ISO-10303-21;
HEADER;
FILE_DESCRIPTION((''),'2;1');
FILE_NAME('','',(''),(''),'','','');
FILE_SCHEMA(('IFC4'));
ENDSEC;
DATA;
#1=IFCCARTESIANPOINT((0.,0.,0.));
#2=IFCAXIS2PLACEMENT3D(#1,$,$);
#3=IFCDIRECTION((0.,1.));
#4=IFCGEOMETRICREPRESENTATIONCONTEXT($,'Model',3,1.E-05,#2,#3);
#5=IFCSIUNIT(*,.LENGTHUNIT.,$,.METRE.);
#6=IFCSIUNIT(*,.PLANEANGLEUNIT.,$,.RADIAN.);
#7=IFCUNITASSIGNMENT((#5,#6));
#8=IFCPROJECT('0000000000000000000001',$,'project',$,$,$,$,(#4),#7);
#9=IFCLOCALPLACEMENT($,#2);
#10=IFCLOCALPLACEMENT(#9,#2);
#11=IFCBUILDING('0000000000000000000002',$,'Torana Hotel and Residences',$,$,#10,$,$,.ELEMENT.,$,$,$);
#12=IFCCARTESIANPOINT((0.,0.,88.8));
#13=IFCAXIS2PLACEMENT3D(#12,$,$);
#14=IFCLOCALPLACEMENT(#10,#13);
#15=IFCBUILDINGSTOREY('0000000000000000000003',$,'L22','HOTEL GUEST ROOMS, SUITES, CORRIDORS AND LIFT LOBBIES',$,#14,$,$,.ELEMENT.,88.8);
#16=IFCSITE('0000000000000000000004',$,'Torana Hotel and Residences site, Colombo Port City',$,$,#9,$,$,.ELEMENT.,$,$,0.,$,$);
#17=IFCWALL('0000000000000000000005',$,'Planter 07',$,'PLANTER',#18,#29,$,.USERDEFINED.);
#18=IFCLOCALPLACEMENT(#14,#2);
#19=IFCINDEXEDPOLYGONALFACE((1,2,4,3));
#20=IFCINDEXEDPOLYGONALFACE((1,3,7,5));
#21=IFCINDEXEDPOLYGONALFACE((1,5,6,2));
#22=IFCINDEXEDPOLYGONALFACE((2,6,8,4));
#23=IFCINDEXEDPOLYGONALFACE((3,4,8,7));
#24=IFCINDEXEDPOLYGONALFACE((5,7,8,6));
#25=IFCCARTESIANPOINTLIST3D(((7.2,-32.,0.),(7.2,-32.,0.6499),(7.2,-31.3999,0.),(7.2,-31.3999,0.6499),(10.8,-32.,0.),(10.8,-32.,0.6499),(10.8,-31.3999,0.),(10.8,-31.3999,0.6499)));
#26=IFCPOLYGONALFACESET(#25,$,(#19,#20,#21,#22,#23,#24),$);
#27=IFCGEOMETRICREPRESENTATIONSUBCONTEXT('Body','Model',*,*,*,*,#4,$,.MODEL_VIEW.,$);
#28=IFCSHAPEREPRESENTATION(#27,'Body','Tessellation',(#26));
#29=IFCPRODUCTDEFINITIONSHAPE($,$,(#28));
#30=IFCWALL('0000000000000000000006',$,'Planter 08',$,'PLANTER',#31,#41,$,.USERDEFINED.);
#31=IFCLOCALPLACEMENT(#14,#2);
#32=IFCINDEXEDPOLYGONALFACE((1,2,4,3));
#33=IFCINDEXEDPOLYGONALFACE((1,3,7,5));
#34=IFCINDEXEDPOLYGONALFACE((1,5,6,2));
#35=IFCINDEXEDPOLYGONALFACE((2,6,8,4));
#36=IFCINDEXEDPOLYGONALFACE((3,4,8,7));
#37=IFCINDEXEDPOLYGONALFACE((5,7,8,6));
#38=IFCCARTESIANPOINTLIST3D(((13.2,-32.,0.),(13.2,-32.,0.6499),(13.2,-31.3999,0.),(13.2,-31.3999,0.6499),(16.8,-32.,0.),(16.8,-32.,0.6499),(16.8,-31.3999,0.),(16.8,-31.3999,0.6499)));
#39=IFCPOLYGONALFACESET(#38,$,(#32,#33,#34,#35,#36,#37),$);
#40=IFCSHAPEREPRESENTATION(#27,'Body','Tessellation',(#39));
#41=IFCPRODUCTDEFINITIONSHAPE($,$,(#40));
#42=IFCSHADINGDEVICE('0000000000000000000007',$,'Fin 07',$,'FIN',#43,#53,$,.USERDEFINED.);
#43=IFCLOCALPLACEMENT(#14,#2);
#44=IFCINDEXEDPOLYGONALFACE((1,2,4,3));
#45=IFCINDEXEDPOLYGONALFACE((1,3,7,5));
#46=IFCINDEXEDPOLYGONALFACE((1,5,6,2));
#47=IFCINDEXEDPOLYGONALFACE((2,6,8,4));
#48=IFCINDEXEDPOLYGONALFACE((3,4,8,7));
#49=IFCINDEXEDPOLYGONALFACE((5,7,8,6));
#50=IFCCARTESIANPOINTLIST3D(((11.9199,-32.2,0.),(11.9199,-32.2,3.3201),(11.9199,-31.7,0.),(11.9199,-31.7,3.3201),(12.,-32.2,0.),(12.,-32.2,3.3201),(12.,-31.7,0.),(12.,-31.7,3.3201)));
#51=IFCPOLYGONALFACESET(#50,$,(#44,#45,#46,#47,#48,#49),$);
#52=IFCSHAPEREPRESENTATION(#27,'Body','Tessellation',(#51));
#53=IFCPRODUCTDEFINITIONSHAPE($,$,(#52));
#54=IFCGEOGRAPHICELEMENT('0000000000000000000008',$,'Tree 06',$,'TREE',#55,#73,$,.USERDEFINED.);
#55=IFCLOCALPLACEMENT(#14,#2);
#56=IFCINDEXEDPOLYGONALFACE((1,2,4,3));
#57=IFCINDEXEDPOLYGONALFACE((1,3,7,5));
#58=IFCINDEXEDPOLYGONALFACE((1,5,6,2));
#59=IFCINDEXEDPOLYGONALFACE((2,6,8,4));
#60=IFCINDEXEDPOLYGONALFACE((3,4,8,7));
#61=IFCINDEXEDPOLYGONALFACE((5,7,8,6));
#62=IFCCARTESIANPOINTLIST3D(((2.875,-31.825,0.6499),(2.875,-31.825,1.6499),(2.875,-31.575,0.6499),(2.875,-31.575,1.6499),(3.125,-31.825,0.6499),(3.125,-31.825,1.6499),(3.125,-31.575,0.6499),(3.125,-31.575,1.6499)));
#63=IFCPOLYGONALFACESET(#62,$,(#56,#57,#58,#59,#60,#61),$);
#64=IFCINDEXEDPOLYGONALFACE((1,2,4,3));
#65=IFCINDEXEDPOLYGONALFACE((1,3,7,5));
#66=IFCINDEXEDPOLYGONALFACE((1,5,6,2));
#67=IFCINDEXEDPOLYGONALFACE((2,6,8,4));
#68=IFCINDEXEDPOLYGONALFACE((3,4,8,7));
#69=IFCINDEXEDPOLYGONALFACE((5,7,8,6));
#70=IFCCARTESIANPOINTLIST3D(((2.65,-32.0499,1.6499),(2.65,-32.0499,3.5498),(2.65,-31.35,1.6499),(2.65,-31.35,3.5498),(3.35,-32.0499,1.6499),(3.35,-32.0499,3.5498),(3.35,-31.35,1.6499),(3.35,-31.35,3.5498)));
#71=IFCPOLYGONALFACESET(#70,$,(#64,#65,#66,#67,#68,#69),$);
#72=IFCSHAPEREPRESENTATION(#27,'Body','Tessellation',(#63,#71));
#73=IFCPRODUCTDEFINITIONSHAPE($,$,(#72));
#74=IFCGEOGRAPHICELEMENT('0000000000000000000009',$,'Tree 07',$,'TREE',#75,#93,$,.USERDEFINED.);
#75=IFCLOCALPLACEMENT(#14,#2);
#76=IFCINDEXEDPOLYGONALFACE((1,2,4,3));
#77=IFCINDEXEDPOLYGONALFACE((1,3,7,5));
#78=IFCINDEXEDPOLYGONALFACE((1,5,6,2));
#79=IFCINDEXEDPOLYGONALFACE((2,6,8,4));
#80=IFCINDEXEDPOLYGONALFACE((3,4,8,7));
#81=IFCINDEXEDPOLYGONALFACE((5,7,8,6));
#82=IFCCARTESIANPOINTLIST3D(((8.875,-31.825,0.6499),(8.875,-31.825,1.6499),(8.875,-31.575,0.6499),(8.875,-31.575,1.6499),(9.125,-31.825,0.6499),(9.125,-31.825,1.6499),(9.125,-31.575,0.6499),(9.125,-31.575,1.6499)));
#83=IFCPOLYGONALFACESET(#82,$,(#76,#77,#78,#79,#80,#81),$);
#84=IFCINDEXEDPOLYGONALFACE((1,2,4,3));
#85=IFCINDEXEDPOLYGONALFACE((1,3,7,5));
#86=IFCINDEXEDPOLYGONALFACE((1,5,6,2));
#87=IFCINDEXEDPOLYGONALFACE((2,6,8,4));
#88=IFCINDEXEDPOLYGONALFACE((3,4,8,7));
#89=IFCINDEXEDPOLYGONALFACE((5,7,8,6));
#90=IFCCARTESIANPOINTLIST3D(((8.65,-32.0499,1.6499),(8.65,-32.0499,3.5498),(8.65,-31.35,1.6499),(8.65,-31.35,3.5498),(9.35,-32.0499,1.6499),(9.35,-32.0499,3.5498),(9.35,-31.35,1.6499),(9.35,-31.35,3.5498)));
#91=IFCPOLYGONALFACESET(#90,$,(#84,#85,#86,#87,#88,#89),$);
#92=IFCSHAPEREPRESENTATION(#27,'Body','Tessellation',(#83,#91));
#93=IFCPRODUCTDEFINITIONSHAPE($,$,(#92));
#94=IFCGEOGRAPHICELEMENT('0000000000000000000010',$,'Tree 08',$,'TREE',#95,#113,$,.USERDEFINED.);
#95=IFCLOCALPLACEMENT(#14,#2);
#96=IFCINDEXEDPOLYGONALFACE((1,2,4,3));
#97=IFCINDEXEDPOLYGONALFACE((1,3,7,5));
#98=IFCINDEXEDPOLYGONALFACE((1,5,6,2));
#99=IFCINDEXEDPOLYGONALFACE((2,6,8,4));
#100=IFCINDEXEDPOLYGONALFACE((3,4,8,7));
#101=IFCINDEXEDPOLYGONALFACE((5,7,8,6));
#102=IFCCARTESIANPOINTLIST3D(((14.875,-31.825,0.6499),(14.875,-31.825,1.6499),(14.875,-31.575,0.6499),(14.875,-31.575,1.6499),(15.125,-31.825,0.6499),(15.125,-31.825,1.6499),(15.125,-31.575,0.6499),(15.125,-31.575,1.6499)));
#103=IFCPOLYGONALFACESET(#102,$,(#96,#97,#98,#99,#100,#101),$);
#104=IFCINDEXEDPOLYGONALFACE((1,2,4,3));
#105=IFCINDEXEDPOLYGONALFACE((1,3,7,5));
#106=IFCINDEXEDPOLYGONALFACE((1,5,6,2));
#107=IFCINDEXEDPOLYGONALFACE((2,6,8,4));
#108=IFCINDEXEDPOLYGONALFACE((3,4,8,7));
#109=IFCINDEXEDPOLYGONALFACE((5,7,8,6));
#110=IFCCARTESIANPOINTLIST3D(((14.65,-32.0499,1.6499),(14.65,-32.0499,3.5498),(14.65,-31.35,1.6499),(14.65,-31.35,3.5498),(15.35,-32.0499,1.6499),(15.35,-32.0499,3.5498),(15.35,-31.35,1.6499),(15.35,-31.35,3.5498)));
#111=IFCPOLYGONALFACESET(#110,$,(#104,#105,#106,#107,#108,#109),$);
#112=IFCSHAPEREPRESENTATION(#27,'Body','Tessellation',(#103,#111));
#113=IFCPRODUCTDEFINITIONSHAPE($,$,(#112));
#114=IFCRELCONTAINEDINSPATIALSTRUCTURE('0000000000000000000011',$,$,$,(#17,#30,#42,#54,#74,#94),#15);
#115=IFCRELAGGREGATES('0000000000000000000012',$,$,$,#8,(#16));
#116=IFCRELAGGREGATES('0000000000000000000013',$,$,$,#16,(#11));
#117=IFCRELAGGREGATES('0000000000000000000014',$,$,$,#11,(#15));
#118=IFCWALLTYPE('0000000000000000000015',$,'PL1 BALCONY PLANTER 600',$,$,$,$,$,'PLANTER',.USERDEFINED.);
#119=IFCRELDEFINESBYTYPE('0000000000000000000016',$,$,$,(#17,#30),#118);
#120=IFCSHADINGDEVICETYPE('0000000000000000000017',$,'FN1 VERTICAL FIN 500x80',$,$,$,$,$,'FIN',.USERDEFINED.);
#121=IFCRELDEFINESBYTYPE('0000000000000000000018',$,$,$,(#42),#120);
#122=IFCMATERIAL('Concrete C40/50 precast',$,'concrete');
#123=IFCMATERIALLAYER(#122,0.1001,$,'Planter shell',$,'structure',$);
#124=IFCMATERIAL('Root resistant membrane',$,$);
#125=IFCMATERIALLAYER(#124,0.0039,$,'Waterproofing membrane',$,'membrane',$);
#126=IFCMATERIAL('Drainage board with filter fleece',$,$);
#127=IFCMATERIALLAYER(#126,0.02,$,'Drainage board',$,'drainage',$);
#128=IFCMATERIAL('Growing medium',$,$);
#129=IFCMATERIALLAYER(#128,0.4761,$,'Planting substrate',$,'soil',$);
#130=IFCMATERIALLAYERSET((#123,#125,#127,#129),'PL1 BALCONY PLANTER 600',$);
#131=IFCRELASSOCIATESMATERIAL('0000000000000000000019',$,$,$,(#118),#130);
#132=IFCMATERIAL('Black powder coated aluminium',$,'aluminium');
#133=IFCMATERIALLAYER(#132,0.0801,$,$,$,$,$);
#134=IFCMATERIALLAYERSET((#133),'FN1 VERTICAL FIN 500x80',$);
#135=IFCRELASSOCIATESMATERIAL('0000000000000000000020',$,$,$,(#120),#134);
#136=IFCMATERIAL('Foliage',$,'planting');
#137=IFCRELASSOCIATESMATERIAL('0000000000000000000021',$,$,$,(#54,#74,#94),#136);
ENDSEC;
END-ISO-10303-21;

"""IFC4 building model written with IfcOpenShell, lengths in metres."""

from ifc_helpers import new_model, si_unit, direction, frame, frame_2d, origin, origin_2d, place, context, subcontext, project, spatial, rectangle, extrude, material, layer, layer_set, type_object, element, save


model = new_model("IFC4")

# Units and contexts
model_context = context("Model", 3, precision=1e-05, world=origin(), true_north=direction((0.0, 1.0)))
body_context = subcontext(model_context, "Body", "Model", "MODEL_VIEW")
ifc_project = project(units=[si_unit("LENGTHUNIT", "METRE"), si_unit("PLANEANGLEUNIT", "RADIAN")], contexts=[model_context])

# Site, building, storey
site_placement = place(None, origin())
site = spatial("IfcSite", under=ifc_project, at=site_placement, Name="Torana Hotel and Residences site, Colombo Port City", CompositionType="ELEMENT", RefElevation=0.0)
building_placement = place(site_placement, origin())
building = spatial("IfcBuilding", under=site, at=building_placement, Name="Torana Hotel and Residences", CompositionType="ELEMENT")
storey_placement = place(building_placement, frame((0.0, 0.0, 88.8)))
storey = spatial("IfcBuildingStorey", under=building, at=storey_placement, Name="L22", Description="HOTEL GUEST ROOMS, SUITES, CORRIDORS AND LIFT LOBBIES", CompositionType="ELEMENT", Elevation=88.8)

# Walls
ifc_material_1 = material(Name="Concrete C40/50 precast", Category="concrete")
ifc_layer_1 = layer(ifc_material_1, 0.1001, Name="Planter shell", Category="structure")
ifc_material_2 = material(Name="Root resistant membrane")
ifc_layer_2 = layer(ifc_material_2, 0.0039, Name="Waterproofing membrane", Category="membrane")
ifc_material_3 = material(Name="Drainage board with filter fleece")
ifc_layer_3 = layer(ifc_material_3, 0.02, Name="Drainage board", Category="drainage")
ifc_material_4 = material(Name="Growing medium")
ifc_layer_4 = layer(ifc_material_4, 0.4761, Name="Planting substrate", Category="soil")
ifc_layer_set_1 = layer_set([ifc_layer_1, ifc_layer_2, ifc_layer_3, ifc_layer_4], Name="PL1 BALCONY PLANTER 600")
wall_type_1 = type_object("IfcWallType", Name="PL1 BALCONY PLANTER 600", ElementType="PLANTER", PredefinedType="USERDEFINED", material=ifc_layer_set_1)
for number, where, z_axis, x_axis, name in (
    (1, (10.8, -31.7, 0.0), (0.0, 0.0, 1.0), (-1.0, 0.0, 0.0), "Planter 07"),
    (2, (16.8, -31.7, 0.0), (0.0, 0.0, 1.0), (-1.0, 0.0, 0.0), "Planter 08"),
):
    element("IfcWall", number, at=place(storey_placement, frame(where, z_axis=z_axis, x_axis=x_axis)), inside=storey, type_object=wall_type_1, Name=name, ObjectType="PLANTER", PredefinedType="USERDEFINED", context=body_context, shape_type="SweptSolid", body=[
        extrude(rectangle(XDim=3.6001, YDim=0.6001, at=frame_2d((1.8, 0.0))), origin(), (0.0, 0.0, 1.0), 0.6499),
    ])

# Shading device
ifc_material_5 = material(Name="Black powder coated aluminium", Category="aluminium")
ifc_layer_5 = layer(ifc_material_5, 0.0801)
ifc_layer_set_2 = layer_set([ifc_layer_5], Name="FN1 VERTICAL FIN 500x80")
shading_device_type = type_object("IfcShadingDeviceType", Name="FN1 VERTICAL FIN 500x80", ElementType="FIN", PredefinedType="USERDEFINED", material=ifc_layer_set_2)
shading_device_placement = place(storey_placement, frame((11.96, -31.95, 0.0), z_axis=(0.0, 0.0, 1.0), x_axis=(-1.0, 0.0, 0.0)))
element("IfcShadingDevice", 3, at=shading_device_placement, inside=storey, type_object=shading_device_type, Name="Fin 07", ObjectType="FIN", PredefinedType="USERDEFINED", context=body_context, shape_type="SweptSolid", body=[
    extrude(rectangle(XDim=0.0801, YDim=0.5, at=origin_2d()), origin(), (0.0, 0.0, 1.0), 3.3201),
])

# Geographic elements
ifc_material_6 = material(Name="Foliage", Category="planting")
for number, where, z_axis, x_axis, name in (
    (4, (3.0, -31.7, 0.6499), (0.0, 0.0, 1.0), (1.0, 0.0, 0.0), "Tree 06"),
    (5, (9.0, -31.7, 0.6499), (0.0, 0.0, 1.0), (1.0, 0.0, 0.0), "Tree 07"),
    (6, (15.0, -31.7, 0.6499), (0.0, 0.0, 1.0), (1.0, 0.0, 0.0), "Tree 08"),
):
    element("IfcGeographicElement", number, at=place(storey_placement, frame(where, z_axis=z_axis, x_axis=x_axis)), inside=storey, material=ifc_material_6, Name=name, ObjectType="TREE", PredefinedType="USERDEFINED", context=body_context, shape_type="SweptSolid", body=[
        extrude(rectangle(XDim=0.25, YDim=0.25, at=origin_2d()), origin(), (0.0, 0.0, 1.0), 1.0),
        extrude(rectangle(XDim=0.7, YDim=0.7, at=origin_2d()), frame((0.0, 0.0, 1.0)), (0.0, 0.0, 1.0), 1.8999),
    ])

save(model, "model.ifc")
